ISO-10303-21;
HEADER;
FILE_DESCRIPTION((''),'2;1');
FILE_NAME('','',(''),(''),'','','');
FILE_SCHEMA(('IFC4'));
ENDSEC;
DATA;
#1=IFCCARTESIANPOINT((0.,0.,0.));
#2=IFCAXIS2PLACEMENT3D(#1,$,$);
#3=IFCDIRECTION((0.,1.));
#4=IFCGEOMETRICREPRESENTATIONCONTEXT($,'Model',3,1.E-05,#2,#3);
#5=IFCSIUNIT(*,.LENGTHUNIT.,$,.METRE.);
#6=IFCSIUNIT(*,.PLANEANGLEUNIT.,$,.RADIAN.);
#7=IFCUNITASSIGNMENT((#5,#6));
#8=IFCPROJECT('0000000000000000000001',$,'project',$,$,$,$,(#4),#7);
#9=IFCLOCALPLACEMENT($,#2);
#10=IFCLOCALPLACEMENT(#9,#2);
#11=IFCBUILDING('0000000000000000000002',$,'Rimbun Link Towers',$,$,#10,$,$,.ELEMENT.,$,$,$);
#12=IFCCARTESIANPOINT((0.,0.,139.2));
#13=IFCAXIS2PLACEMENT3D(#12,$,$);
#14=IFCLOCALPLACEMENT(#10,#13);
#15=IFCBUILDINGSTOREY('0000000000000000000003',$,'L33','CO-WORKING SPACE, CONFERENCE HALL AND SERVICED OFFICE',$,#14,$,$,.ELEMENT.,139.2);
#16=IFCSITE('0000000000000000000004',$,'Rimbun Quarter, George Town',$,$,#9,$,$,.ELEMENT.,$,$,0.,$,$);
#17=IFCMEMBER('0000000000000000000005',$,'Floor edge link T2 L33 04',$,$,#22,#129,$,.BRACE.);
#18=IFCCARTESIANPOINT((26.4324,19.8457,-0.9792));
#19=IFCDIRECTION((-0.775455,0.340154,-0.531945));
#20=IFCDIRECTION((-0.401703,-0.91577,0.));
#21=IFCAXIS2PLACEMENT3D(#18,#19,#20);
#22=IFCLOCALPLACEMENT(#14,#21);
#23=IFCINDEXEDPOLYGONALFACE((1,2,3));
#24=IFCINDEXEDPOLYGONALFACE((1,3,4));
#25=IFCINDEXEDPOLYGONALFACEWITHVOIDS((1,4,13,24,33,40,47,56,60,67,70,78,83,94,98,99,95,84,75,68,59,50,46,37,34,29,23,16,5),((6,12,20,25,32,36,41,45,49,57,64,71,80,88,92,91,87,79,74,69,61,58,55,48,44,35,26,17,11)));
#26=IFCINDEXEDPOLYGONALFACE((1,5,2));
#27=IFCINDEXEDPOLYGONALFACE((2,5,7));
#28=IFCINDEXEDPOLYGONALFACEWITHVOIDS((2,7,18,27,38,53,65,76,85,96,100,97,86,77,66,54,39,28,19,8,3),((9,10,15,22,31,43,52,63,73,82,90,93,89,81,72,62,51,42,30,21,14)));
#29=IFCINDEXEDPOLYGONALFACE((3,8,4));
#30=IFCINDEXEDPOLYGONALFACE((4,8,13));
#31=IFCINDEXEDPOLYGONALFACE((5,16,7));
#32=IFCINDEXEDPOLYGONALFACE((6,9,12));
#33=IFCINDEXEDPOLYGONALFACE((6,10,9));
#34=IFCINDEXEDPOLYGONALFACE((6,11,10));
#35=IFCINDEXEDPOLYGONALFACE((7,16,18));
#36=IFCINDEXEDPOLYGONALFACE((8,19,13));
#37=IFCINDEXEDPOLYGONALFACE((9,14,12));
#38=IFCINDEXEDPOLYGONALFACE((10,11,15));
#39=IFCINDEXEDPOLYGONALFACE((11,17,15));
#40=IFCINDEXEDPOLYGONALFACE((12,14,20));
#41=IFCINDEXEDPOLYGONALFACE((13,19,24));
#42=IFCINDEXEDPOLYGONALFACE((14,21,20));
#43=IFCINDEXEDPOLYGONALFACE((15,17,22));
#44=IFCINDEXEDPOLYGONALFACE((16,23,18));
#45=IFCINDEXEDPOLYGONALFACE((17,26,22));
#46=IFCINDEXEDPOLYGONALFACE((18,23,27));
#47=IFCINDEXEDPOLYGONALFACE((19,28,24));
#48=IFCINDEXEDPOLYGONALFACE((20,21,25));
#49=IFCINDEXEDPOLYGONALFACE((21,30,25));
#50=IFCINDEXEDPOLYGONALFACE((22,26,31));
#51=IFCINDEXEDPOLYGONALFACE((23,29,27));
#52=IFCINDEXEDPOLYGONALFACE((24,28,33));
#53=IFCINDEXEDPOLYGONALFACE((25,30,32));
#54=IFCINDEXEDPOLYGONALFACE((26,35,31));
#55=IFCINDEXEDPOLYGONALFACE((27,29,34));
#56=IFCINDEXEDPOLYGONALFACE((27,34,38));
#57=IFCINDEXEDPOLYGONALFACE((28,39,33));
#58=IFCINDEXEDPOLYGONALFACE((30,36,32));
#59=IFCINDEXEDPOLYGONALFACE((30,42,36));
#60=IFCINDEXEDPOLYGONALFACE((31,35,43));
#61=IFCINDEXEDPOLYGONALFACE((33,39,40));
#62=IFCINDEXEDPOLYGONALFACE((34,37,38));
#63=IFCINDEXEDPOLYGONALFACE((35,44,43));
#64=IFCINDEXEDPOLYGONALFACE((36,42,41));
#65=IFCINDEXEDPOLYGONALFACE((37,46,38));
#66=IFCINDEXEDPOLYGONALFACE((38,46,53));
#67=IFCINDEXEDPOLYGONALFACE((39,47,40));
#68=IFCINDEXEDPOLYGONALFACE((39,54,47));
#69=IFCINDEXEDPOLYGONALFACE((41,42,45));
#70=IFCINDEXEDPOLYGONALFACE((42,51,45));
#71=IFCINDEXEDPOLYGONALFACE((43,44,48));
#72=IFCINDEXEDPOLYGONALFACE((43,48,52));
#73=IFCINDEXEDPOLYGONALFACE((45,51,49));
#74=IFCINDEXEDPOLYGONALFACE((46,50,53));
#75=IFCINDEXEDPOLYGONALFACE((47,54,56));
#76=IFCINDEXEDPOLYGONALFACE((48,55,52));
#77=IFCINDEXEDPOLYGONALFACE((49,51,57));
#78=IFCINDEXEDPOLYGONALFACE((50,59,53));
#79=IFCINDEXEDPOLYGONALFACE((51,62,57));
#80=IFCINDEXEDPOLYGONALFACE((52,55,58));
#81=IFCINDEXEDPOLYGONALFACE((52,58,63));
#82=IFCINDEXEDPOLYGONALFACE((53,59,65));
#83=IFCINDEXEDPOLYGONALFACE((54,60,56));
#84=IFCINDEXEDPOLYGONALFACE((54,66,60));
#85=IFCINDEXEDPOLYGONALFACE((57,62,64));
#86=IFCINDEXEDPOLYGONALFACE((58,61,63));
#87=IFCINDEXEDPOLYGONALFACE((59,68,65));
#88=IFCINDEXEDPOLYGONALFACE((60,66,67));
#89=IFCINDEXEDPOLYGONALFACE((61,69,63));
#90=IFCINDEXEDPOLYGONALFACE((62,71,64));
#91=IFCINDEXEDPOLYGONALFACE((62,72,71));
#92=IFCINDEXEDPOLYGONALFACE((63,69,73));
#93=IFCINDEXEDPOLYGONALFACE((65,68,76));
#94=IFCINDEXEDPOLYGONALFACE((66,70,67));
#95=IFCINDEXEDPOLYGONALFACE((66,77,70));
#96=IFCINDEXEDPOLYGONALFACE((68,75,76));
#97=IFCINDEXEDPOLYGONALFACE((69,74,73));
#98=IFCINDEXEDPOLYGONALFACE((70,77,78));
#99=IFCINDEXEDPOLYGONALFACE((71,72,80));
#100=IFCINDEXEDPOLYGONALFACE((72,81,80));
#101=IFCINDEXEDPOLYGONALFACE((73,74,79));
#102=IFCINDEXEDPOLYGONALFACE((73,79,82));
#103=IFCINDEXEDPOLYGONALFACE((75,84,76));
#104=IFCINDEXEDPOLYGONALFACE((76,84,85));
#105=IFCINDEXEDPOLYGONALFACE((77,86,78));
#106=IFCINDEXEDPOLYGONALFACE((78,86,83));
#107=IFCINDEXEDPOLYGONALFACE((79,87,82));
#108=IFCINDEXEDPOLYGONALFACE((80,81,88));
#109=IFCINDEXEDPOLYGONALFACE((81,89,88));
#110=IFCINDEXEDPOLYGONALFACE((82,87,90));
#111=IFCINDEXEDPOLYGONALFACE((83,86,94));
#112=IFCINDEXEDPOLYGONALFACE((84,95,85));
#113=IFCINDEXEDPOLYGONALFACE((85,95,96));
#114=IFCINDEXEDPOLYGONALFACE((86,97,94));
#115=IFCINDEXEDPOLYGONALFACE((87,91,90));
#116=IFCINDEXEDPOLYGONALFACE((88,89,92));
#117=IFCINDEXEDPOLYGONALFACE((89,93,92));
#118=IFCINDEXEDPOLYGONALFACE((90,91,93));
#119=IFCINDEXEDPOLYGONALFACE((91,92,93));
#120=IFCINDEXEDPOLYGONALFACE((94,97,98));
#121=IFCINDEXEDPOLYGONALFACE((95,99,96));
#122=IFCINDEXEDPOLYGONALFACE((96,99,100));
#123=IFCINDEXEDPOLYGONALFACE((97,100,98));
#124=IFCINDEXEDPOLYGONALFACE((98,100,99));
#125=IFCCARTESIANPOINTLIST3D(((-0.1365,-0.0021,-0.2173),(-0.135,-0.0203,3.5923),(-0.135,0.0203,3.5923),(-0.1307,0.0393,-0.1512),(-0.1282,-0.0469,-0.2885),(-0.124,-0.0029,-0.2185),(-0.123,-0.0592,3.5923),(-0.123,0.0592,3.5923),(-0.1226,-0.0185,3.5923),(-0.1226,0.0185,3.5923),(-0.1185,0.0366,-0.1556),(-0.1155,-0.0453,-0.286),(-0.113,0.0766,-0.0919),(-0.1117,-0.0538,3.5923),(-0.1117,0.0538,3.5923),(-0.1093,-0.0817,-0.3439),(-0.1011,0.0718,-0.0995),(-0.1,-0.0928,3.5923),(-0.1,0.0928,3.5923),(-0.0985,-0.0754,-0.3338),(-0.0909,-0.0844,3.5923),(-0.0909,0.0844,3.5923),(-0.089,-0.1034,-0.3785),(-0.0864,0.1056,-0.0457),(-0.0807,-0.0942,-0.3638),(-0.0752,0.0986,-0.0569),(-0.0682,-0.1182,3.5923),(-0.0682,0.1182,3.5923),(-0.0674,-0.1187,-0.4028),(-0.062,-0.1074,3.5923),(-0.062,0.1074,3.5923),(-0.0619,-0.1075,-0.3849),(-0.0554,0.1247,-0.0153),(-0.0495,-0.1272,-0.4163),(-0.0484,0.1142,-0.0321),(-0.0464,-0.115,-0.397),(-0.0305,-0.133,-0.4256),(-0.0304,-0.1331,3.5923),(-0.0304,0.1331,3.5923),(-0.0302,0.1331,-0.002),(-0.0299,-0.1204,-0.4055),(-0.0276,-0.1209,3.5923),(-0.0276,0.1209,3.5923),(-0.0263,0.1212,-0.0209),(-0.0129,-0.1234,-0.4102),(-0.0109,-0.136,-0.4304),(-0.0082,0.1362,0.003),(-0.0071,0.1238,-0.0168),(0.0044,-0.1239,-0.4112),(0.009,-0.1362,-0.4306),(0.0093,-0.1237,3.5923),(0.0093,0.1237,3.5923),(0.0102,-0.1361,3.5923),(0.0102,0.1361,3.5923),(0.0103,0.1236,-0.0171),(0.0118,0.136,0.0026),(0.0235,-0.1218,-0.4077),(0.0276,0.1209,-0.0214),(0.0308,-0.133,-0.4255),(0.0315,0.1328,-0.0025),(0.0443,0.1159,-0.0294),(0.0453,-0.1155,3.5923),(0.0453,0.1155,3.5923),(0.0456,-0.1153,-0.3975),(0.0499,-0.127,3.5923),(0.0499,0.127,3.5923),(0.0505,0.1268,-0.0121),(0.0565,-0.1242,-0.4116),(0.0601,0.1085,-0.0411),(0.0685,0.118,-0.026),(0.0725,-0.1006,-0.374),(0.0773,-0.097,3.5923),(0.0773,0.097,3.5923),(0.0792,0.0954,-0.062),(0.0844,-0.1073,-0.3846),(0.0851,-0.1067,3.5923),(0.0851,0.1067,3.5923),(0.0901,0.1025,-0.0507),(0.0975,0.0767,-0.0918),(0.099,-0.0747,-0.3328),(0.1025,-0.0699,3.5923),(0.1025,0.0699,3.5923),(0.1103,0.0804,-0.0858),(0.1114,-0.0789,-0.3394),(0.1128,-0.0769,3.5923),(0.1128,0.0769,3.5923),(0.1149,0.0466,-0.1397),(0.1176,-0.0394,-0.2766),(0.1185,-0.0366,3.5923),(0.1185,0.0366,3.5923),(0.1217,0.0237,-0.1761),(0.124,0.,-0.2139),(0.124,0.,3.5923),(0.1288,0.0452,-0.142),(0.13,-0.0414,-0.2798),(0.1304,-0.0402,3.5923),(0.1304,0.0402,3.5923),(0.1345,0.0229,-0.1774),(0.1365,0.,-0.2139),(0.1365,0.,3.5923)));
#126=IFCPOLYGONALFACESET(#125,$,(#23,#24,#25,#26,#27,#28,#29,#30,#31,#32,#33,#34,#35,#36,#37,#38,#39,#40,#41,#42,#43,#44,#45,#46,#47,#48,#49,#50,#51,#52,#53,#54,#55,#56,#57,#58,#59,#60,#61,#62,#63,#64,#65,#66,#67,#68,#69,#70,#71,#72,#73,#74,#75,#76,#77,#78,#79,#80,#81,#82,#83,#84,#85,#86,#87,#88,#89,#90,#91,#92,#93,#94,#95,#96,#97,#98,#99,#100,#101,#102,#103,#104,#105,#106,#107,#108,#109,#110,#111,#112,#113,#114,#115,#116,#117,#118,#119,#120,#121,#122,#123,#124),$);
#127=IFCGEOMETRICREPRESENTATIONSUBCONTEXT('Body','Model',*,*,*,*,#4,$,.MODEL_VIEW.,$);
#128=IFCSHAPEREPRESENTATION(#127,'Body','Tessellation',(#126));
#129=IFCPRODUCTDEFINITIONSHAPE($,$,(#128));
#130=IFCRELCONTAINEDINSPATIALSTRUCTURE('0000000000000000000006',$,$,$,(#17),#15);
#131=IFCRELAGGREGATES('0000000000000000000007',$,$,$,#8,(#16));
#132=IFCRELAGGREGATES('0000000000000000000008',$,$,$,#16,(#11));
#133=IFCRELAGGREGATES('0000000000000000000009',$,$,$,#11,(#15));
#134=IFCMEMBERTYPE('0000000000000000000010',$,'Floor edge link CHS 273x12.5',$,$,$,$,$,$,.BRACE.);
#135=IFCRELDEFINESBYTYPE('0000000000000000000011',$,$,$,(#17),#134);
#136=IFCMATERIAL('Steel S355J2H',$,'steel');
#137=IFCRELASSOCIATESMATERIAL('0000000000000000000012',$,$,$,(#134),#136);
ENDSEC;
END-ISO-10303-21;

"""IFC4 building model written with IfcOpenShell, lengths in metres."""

from ifc_helpers import new_model, si_unit, direction, frame, origin, origin_2d, place, context, subcontext, project, spatial, hollow_circle, extrude, clip, halfspace, material, material_profile, profile_set, type_object, element, save


model = new_model("IFC4")

# Units and contexts
model_context = context("Model", 3, precision=1e-05, world=origin(), true_north=direction((0.0, 1.0)))
body_context = subcontext(model_context, "Body", "Model", "MODEL_VIEW")
ifc_project = project(units=[si_unit("LENGTHUNIT", "METRE"), si_unit("PLANEANGLEUNIT", "RADIAN")], contexts=[model_context])

# Site, building, storey
site_placement = place(None, origin())
site = spatial("IfcSite", under=ifc_project, at=site_placement, Name="Rimbun Quarter, George Town", CompositionType="ELEMENT", RefElevation=0.0)
building_placement = place(site_placement, origin())
building = spatial("IfcBuilding", under=site, at=building_placement, Name="Rimbun Link Towers", CompositionType="ELEMENT")
storey_placement = place(building_placement, frame((0.0, 0.0, 139.2)))
storey = spatial("IfcBuildingStorey", under=building, at=storey_placement, Name="L33", Description="CO-WORKING SPACE, CONFERENCE HALL AND SERVICED OFFICE", CompositionType="ELEMENT", Elevation=139.2)

# Member
ifc_material_1 = material(Name="Steel S355J2H", Category="steel")
ifc_material_profile_1 = material_profile(ifc_material_1, hollow_circle(Radius=0.1365, WallThickness=0.0125, at=origin_2d()), Name="CHS 273x12.5")
ifc_profile_set_1 = profile_set([ifc_material_profile_1], Name="Steel S355J2H")
member_type_1 = type_object("IfcMemberType", Name="Floor edge link CHS 273x12.5", PredefinedType="BRACE", material=ifc_profile_set_1)
member_1_placement = place(storey_placement, frame((26.4324, 19.8457, -0.9792), z_axis=(-0.775455, 0.340154, -0.531945), x_axis=(-0.401703, -0.91577, 0.0)))
element("IfcMember", 1, at=member_1_placement, inside=storey, type_object=member_type_1, Name="Floor edge link T2 L33 04", PredefinedType="BRACE", context=body_context, shape_type="Clipping", body=[
    clip(extrude(hollow_circle(Radius=0.1365, WallThickness=0.0125, at=origin_2d()), frame((0.0, 0.0, -0.4534)), (0.0, 0.0, 1.0), 4.0457), halfspace(frame((0.0, 0.0, -0.2139), z_axis=(0.0, 0.846779, -0.531945)), False)),
])

save(model, "model.ifc")
